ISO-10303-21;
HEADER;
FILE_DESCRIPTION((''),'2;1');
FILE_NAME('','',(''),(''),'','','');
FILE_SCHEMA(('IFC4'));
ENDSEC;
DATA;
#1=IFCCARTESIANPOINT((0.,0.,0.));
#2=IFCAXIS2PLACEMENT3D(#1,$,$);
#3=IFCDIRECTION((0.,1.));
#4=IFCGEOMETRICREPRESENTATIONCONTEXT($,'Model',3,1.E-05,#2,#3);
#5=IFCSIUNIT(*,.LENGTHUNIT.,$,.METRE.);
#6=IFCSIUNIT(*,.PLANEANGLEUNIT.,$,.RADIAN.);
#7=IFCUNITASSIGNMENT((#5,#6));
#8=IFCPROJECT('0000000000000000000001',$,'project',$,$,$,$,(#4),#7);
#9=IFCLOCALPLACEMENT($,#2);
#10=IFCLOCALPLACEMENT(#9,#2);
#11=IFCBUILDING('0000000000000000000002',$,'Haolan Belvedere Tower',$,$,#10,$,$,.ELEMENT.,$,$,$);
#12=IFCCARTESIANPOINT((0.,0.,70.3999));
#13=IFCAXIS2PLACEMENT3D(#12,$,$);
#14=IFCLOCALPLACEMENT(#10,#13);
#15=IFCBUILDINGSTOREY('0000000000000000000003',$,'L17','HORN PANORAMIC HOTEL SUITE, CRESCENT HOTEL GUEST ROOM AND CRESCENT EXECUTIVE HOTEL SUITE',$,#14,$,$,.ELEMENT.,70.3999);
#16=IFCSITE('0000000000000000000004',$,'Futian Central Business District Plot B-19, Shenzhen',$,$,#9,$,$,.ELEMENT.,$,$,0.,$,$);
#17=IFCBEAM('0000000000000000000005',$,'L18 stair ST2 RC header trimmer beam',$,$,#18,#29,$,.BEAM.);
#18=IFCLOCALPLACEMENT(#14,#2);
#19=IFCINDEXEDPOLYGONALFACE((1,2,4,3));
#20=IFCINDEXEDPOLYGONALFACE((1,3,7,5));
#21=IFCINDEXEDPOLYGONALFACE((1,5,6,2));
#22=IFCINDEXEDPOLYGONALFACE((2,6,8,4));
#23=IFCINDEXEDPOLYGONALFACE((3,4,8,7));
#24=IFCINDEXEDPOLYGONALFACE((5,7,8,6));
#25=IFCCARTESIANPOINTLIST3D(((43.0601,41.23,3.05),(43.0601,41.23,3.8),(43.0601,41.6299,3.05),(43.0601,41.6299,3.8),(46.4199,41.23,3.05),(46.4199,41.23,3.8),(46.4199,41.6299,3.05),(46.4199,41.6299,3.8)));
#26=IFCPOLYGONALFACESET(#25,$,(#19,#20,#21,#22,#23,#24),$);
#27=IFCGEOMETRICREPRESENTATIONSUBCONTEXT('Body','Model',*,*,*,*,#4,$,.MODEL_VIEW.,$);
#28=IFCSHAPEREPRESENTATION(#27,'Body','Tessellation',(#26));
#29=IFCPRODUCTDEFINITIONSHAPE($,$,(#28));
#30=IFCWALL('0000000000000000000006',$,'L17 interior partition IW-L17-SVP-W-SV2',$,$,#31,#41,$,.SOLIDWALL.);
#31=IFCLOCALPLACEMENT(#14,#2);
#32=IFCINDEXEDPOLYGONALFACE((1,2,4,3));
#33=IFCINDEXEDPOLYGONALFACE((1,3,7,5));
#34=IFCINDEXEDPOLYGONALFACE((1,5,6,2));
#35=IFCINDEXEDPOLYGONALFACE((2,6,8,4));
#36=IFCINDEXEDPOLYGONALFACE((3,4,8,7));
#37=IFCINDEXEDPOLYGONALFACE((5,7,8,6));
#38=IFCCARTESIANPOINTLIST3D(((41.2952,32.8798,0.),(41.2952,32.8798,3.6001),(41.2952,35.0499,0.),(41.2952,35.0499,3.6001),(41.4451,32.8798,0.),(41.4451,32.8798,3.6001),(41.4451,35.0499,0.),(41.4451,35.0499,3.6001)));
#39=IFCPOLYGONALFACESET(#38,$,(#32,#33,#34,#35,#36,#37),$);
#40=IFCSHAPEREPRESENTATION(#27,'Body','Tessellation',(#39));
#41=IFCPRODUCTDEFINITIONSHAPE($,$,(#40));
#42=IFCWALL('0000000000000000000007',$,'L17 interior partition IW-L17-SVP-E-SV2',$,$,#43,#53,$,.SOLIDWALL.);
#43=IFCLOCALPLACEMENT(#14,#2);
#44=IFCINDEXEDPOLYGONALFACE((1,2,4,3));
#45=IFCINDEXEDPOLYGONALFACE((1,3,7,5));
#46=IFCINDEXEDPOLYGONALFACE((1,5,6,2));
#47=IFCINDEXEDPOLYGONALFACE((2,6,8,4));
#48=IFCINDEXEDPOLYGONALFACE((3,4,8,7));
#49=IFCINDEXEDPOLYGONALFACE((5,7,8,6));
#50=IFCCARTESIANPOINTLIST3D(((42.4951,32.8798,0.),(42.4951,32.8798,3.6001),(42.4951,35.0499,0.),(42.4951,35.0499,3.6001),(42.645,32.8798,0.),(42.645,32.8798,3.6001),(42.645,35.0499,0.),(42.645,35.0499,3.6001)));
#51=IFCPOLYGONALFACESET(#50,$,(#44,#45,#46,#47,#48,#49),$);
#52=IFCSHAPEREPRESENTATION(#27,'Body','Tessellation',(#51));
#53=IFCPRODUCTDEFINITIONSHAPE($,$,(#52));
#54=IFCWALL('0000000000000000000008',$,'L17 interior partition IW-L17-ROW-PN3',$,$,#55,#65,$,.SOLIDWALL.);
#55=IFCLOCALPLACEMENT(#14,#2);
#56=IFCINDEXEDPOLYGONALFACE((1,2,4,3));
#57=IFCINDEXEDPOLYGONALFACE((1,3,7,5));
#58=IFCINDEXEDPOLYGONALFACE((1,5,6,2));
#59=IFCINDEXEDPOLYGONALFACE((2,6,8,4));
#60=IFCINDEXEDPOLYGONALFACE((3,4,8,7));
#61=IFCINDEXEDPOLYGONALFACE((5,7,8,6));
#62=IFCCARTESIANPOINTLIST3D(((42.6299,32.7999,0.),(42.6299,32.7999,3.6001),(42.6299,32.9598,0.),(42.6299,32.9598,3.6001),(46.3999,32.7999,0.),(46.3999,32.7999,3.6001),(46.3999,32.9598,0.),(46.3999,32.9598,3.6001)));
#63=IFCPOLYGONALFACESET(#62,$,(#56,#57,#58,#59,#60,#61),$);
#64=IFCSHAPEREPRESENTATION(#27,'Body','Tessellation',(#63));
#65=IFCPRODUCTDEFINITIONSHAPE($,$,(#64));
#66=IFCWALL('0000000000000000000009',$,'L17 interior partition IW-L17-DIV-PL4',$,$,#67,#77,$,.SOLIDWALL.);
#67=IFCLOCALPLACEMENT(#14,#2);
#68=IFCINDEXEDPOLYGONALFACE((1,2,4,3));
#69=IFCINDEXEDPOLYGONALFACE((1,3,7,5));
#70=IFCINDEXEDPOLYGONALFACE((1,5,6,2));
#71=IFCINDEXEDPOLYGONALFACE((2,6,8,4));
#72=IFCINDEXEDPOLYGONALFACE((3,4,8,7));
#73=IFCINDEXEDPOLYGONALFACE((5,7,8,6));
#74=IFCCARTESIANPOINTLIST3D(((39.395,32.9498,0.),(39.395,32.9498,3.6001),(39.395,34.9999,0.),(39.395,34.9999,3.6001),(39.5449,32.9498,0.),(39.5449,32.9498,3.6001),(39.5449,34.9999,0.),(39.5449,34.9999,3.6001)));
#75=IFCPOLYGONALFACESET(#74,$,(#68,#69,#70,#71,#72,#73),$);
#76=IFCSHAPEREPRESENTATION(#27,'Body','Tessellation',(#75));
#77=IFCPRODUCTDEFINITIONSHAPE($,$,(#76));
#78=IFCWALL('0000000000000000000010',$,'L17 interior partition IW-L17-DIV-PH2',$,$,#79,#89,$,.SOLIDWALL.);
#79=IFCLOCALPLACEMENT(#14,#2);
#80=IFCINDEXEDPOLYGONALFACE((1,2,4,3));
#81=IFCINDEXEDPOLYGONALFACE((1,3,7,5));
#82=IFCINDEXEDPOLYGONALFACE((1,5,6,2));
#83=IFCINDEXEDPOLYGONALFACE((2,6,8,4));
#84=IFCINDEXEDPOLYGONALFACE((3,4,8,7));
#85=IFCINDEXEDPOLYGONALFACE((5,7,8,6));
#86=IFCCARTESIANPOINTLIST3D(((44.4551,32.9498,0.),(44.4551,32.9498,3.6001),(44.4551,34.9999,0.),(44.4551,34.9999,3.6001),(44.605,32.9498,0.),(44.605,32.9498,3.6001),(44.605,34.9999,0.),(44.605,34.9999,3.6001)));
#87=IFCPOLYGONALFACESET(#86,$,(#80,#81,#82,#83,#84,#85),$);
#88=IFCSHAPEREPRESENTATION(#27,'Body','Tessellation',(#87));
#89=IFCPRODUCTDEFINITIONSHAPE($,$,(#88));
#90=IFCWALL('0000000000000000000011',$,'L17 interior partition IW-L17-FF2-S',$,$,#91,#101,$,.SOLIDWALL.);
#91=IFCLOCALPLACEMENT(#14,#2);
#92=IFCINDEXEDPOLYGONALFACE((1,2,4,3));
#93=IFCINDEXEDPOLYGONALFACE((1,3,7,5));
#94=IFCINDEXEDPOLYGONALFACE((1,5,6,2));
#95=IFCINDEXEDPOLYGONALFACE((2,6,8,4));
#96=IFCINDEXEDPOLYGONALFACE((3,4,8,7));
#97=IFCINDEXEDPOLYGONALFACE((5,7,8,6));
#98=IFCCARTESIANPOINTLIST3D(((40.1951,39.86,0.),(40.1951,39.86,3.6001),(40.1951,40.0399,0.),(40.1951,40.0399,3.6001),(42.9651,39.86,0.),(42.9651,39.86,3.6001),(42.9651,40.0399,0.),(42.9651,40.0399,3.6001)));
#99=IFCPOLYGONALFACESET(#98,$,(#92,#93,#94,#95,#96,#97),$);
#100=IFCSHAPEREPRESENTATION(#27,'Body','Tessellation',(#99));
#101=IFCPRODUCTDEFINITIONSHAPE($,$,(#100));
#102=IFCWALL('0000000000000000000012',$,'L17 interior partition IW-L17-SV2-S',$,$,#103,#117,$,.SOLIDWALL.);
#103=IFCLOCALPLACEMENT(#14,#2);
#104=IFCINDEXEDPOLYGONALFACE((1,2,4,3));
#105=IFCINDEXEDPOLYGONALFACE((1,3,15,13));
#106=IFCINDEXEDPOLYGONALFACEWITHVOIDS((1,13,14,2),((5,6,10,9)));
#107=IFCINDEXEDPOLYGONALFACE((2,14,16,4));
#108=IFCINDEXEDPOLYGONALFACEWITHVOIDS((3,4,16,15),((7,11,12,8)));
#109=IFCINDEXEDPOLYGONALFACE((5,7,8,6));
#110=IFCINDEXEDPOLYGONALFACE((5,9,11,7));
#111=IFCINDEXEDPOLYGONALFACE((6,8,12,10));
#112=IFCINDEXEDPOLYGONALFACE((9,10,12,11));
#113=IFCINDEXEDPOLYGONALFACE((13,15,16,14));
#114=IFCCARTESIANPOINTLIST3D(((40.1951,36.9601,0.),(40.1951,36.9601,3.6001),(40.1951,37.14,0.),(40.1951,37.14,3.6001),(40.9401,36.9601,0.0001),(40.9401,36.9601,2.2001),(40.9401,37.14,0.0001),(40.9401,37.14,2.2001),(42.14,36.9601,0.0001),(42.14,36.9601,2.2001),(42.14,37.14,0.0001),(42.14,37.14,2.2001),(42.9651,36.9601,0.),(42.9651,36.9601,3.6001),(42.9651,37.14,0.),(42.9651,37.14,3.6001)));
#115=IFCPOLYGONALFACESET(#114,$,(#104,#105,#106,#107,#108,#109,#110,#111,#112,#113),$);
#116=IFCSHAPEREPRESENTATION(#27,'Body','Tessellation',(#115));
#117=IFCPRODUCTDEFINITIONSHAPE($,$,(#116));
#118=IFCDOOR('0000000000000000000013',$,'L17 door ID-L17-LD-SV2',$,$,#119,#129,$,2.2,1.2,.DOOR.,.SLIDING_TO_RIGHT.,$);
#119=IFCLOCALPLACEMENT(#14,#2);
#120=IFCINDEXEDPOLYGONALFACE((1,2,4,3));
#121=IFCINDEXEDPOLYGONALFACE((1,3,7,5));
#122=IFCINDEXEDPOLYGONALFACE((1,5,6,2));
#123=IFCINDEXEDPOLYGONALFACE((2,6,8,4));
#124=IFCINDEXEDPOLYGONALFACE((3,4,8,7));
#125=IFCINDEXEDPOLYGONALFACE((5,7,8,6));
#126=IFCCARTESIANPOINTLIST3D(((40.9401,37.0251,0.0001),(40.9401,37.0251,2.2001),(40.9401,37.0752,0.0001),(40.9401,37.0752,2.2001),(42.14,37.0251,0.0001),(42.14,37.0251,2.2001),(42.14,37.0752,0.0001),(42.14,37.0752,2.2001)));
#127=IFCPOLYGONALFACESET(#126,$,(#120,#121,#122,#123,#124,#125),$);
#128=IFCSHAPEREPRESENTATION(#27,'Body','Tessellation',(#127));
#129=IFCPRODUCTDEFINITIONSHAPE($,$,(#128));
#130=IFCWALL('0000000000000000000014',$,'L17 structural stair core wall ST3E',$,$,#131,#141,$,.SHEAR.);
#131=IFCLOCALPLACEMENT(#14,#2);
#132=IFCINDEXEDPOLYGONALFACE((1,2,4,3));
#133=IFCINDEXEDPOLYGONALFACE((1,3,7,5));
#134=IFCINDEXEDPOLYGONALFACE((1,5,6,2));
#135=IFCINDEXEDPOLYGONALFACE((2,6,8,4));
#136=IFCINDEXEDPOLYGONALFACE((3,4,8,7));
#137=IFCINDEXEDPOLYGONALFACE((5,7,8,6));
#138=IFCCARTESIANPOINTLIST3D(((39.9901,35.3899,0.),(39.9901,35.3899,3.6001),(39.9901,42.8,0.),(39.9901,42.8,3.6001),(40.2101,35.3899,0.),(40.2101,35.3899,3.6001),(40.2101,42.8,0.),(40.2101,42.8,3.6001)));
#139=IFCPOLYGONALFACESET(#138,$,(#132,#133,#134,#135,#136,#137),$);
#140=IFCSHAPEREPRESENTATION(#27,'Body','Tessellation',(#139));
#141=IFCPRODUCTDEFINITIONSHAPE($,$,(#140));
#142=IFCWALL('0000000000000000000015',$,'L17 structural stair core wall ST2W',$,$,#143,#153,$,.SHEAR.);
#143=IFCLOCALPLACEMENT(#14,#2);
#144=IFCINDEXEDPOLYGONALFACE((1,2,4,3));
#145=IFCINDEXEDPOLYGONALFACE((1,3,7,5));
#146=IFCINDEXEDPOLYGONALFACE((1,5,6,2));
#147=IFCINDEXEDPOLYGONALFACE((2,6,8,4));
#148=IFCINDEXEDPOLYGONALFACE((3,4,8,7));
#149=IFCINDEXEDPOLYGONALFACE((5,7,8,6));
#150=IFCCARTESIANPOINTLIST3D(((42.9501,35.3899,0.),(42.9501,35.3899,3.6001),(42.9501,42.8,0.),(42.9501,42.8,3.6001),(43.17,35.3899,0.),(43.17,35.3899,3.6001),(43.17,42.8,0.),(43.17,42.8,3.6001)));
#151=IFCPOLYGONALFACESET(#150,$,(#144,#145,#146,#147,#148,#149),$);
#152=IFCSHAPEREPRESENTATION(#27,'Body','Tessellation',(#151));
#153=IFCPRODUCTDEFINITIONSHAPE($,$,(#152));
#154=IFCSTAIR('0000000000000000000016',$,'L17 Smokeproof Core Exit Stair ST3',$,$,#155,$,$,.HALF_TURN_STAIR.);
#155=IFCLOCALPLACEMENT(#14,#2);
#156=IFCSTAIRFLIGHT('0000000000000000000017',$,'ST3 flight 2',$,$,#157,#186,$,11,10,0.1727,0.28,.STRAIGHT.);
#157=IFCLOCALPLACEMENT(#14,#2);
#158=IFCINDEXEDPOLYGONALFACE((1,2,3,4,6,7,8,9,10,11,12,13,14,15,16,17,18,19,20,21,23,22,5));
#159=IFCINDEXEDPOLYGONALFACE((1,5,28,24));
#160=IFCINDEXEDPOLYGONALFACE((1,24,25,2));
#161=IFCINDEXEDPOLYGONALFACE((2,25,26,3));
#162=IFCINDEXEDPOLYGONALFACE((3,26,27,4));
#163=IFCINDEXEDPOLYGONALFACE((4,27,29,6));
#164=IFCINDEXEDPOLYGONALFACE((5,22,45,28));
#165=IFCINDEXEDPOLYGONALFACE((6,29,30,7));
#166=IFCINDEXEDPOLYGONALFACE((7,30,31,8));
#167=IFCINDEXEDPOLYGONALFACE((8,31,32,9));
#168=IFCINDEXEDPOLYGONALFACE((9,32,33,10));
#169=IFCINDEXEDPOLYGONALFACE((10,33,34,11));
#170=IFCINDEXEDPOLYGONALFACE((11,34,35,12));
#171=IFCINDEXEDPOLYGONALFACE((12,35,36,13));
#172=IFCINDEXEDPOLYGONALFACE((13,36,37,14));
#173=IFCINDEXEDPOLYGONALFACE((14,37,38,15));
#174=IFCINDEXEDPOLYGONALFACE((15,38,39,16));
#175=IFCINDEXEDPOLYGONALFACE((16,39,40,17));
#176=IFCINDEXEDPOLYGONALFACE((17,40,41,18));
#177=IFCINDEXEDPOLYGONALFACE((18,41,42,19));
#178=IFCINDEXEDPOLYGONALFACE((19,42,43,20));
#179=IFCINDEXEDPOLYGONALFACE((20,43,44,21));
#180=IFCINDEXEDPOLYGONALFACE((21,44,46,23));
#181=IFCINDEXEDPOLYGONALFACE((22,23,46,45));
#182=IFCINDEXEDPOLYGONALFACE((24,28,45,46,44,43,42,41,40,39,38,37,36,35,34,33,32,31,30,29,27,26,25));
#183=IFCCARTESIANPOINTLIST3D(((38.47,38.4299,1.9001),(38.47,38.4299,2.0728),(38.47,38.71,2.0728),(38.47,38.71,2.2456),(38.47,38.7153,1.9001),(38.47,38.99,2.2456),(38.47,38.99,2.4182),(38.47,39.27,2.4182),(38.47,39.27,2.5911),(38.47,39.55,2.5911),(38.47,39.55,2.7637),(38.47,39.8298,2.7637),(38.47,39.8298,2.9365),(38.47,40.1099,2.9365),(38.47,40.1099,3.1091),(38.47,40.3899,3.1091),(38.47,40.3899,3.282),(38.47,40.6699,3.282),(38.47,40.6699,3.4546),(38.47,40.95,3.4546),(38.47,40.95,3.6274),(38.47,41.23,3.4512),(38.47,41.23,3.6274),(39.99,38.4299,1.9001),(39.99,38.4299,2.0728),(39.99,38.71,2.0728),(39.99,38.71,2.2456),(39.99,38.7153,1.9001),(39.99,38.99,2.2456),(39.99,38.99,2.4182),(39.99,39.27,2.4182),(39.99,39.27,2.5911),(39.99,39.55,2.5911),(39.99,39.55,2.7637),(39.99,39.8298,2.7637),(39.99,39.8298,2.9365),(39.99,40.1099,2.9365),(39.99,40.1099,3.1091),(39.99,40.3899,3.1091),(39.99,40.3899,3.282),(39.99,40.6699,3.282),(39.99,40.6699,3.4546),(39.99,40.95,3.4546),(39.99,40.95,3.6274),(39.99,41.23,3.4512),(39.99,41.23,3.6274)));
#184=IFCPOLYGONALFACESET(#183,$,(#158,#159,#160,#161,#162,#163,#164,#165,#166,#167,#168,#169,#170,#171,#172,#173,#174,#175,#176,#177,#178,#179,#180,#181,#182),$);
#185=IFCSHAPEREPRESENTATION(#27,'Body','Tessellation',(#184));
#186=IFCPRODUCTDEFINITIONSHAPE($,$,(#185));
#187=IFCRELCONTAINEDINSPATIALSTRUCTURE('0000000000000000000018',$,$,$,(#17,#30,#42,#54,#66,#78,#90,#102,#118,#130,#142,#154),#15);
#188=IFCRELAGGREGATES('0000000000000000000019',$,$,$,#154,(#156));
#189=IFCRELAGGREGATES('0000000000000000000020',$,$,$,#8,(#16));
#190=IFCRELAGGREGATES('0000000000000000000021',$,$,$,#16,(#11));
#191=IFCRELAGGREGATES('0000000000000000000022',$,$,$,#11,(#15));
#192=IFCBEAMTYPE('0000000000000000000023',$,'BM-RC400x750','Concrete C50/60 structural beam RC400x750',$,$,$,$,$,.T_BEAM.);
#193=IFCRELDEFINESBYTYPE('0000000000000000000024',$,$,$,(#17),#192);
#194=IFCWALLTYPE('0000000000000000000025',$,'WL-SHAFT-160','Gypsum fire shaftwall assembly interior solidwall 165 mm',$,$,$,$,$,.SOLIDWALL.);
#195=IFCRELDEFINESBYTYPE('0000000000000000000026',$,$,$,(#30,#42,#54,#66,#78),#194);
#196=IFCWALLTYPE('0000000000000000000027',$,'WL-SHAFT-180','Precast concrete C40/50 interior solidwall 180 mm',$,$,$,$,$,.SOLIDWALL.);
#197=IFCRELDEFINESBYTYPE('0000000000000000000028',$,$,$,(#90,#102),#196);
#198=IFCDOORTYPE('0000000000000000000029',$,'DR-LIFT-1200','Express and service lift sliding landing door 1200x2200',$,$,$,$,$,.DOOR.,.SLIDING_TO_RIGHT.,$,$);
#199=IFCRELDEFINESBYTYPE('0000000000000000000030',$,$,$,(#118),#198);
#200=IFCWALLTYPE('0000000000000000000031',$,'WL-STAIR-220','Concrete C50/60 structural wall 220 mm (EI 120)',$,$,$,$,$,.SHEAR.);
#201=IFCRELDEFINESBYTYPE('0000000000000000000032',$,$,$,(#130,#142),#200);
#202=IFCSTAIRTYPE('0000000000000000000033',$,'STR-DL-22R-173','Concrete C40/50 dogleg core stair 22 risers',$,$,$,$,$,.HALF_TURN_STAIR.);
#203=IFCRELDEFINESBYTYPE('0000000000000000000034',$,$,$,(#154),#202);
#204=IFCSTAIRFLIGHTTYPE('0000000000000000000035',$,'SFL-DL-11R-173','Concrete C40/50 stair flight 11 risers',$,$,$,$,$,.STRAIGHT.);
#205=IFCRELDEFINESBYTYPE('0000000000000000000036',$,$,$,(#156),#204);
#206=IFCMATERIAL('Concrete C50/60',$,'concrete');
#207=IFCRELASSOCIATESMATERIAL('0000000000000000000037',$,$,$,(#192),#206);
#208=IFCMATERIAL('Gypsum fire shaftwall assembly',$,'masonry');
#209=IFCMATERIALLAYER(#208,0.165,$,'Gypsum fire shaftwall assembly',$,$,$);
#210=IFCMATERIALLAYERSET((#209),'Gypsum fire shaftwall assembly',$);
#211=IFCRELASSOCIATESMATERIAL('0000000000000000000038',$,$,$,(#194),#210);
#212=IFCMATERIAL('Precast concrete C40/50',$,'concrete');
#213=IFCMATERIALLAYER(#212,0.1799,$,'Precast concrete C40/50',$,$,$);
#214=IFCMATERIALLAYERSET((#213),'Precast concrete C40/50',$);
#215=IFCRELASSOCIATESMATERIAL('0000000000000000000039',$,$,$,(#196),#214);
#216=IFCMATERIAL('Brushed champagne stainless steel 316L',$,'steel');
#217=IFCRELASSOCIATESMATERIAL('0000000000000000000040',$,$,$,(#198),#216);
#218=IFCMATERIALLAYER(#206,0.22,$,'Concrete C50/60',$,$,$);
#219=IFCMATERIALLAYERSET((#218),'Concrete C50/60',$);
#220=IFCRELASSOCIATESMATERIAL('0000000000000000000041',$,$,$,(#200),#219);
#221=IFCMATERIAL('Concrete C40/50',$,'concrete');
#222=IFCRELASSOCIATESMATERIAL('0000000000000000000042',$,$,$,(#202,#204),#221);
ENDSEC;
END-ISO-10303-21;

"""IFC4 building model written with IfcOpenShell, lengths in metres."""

from ifc_helpers import new_model, si_unit, direction, frame, frame_2d, origin, origin_2d, place, context, subcontext, project, spatial, polyline, rectangle, outline, extrude, material, layer, layer_set, material_profile, profile_set, type_object, element, fill, aggregate, save


model = new_model("IFC4")

# Units and contexts
model_context = context("Model", 3, precision=1e-05, world=origin(), true_north=direction((0.0, 1.0)))
body_context = subcontext(model_context, "Body", "Model", "MODEL_VIEW")
ifc_project = project(units=[si_unit("LENGTHUNIT", "METRE"), si_unit("PLANEANGLEUNIT", "RADIAN")], contexts=[model_context])

# Site, building, storey
site_placement = place(None, origin())
site = spatial("IfcSite", under=ifc_project, at=site_placement, Name="Futian Central Business District Plot B-19, Shenzhen", CompositionType="ELEMENT", RefElevation=0.0)
building_placement = place(site_placement, origin())
building = spatial("IfcBuilding", under=site, at=building_placement, Name="Haolan Belvedere Tower", CompositionType="ELEMENT")
storey_placement = place(building_placement, frame((0.0, 0.0, 70.3999)))
storey = spatial("IfcBuildingStorey", under=building, at=storey_placement, Name="L17", Description="HORN PANORAMIC HOTEL SUITE, CRESCENT HOTEL GUEST ROOM AND CRESCENT EXECUTIVE HOTEL SUITE", CompositionType="ELEMENT", Elevation=70.3999)

# Beam
ifc_material_1 = material(Name="Concrete C50/60", Category="concrete")
ifc_material_profile = material_profile(ifc_material_1, rectangle(XDim=0.3999, YDim=0.75, at=origin_2d()), Name="Concrete C50/60")
ifc_profile_set = profile_set([ifc_material_profile], Name="Concrete C50/60")
beam_type = type_object("IfcBeamType", Name="BM-RC400x750", Description="Concrete C50/60 structural beam RC400x750", PredefinedType="T_BEAM", material=ifc_profile_set)
beam_placement = place(storey_placement, frame((43.0601, 41.4299, 3.425), z_axis=(1.0, 0.0, 0.0), x_axis=(0.0, 1.0, 0.0)))
element("IfcBeam", 1, at=beam_placement, inside=storey, type_object=beam_type, Name="L18 stair ST2 RC header trimmer beam", PredefinedType="BEAM", context=body_context, shape_type="SweptSolid", body=[
    extrude(rectangle(XDim=0.3999, YDim=0.75, at=origin_2d()), origin(), (0.0, 0.0, 1.0), 3.3599),
])

# Shared definitions
ifc_material_2 = material(Name="Concrete C40/50", Category="concrete")

# Walls
ifc_material_3 = material(Name="Gypsum fire shaftwall assembly", Category="masonry")
ifc_layer_1 = layer(ifc_material_3, 0.165, Name="Gypsum fire shaftwall assembly")
ifc_layer_set_1 = layer_set([ifc_layer_1], Name="Gypsum fire shaftwall assembly")
wall_type_1 = type_object("IfcWallType", Name="WL-SHAFT-160", Description="Gypsum fire shaftwall assembly interior solidwall 165 mm", PredefinedType="SOLIDWALL", material=ifc_layer_set_1)
for number, where, z_axis, x_axis, name in (
    (2, (41.3701, 32.8799, 0.0), (0.0, 0.0, 1.0), (0.0, 1.0, 0.0), "L17 interior partition IW-L17-SVP-W-SV2"),
    (3, (42.5701, 32.8799, 0.0), (0.0, 0.0, 1.0), (0.0, 1.0, 0.0), "L17 interior partition IW-L17-SVP-E-SV2"),
):
    element("IfcWall", number, at=place(storey_placement, frame(where, z_axis=z_axis, x_axis=x_axis)), inside=storey, type_object=wall_type_1, Name=name, PredefinedType="SOLIDWALL", context=body_context, shape_type="SweptSolid", body=[
        extrude(rectangle(XDim=2.1702, YDim=0.1499, at=frame_2d((1.085, 0.0))), origin(), (0.0, 0.0, 1.0), 3.6001),
    ])
wall_1_placement = place(storey_placement, frame((42.6299, 32.8799, 0.0), z_axis=(0.0, 0.0, 1.0), x_axis=(1.0, 0.0, 0.0)))
element("IfcWall", 4, at=wall_1_placement, inside=storey, type_object=wall_type_1, Name="L17 interior partition IW-L17-ROW-PN3", PredefinedType="SOLIDWALL", context=body_context, shape_type="SweptSolid", body=[
    extrude(rectangle(XDim=3.77, YDim=0.1599, at=frame_2d((1.885, 0.0))), origin(), (0.0, 0.0, 1.0), 3.6001),
])
for number, where, z_axis, x_axis, name in (
    (5, (39.47, 32.95, 0.0), (0.0, 0.0, 1.0), (0.0, 1.0, 0.0), "L17 interior partition IW-L17-DIV-PL4"),
    (6, (44.53, 32.95, 0.0), (0.0, 0.0, 1.0), (0.0, 1.0, 0.0), "L17 interior partition IW-L17-DIV-PH2"),
):
    element("IfcWall", number, at=place(storey_placement, frame(where, z_axis=z_axis, x_axis=x_axis)), inside=storey, type_object=wall_type_1, Name=name, PredefinedType="SOLIDWALL", context=body_context, shape_type="SweptSolid", body=[
        extrude(rectangle(XDim=2.05, YDim=0.1499, at=frame_2d((1.0249, 0.0))), origin(), (0.0, 0.0, 1.0), 3.6001),
    ])
ifc_material_4 = material(Name="Precast concrete C40/50", Category="concrete")
ifc_layer_2 = layer(ifc_material_4, 0.1799, Name="Precast concrete C40/50")
ifc_layer_set_2 = layer_set([ifc_layer_2], Name="Precast concrete C40/50")
wall_type_2 = type_object("IfcWallType", Name="WL-SHAFT-180", Description="Precast concrete C40/50 interior solidwall 180 mm", PredefinedType="SOLIDWALL", material=ifc_layer_set_2)
wall_2_placement = place(storey_placement, frame((40.1951, 39.95, 0.0), z_axis=(0.0, 0.0, 1.0), x_axis=(1.0, 0.0, 0.0)))
element("IfcWall", 7, at=wall_2_placement, inside=storey, type_object=wall_type_2, Name="L17 interior partition IW-L17-FF2-S", PredefinedType="SOLIDWALL", context=body_context, shape_type="SweptSolid", body=[
    extrude(rectangle(XDim=2.77, YDim=0.1799, at=frame_2d((1.385, 0.0))), origin(), (0.0, 0.0, 1.0), 3.6001),
])

# Wall, opening, door
wall_3_placement = place(storey_placement, frame((40.1951, 37.05, 0.0), z_axis=(0.0, 0.0, 1.0), x_axis=(1.0, 0.0, 0.0)))
wall_3 = element("IfcWall", 8, at=wall_3_placement, inside=storey, type_object=wall_type_2, Name="L17 interior partition IW-L17-SV2-S", PredefinedType="SOLIDWALL", context=body_context, shape_type="SweptSolid", body=[
    extrude(rectangle(XDim=2.77, YDim=0.1799, at=frame_2d((1.385, 0.0))), origin(), (0.0, 0.0, 1.0), 3.6001),
])
opening_1_placement = place(wall_3_placement, frame((1.9451, 0.0, 0.0), z_axis=(0.0, 0.0, 1.0), x_axis=(-1.0, 0.0, 0.0)))
opening_1 = element("IfcOpeningElement", 9, at=opening_1_placement, cuts=wall_3, PredefinedType="OPENING", context=body_context, shape_type="SweptSolid", body=[
    extrude(rectangle(XDim=1.2, YDim=2.2, at=frame_2d((0.6001, 1.1001))), frame((0.0, 0.0999, 0.0), z_axis=(0.0, -1.0, 0.0), x_axis=(1.0, 0.0, 0.0)), (0.0, 0.0, 1.0), 0.2),
])
ifc_material_5 = material(Name="Brushed champagne stainless steel 316L", Category="steel")
door_type_1 = type_object("IfcDoorType", Name="DR-LIFT-1200", Description="Express and service lift sliding landing door 1200x2200", OperationType="SLIDING_TO_RIGHT", PredefinedType="DOOR", material=ifc_material_5)
door_1_placement = place(opening_1_placement, origin())
door_1 = element("IfcDoor", 10, at=door_1_placement, inside=storey, type_object=door_type_1, Name="L17 door ID-L17-LD-SV2", OperationType="SLIDING_TO_RIGHT", OverallHeight=2.2, OverallWidth=1.2, PredefinedType="DOOR", context=body_context, shape_type="SweptSolid", body=[
    extrude(rectangle(XDim=1.2, YDim=2.2, at=frame_2d((0.6001, 1.1001))), frame((0.0, 0.0249, 0.0), z_axis=(0.0, -1.0, 0.0), x_axis=(1.0, 0.0, 0.0)), (0.0, 0.0, 1.0), 0.05),
])
fill(opening_1, door_1)

# Walls
ifc_layer_3 = layer(ifc_material_1, 0.22, Name="Concrete C50/60")
ifc_layer_set_3 = layer_set([ifc_layer_3], Name="Concrete C50/60")
wall_type_3 = type_object("IfcWallType", Name="WL-STAIR-220", Description="Concrete C50/60 structural wall 220 mm (EI 120)", PredefinedType="SHEAR", material=ifc_layer_set_3)
for number, where, z_axis, x_axis, name in (
    (11, (40.1001, 35.3899, 0.0), (0.0, 0.0, 1.0), (0.0, 1.0, 0.0), "L17 structural stair core wall ST3E"),
    (12, (43.0601, 35.3899, 0.0), (0.0, 0.0, 1.0), (0.0, 1.0, 0.0), "L17 structural stair core wall ST2W"),
):
    element("IfcWall", number, at=place(storey_placement, frame(where, z_axis=z_axis, x_axis=x_axis)), inside=storey, type_object=wall_type_3, Name=name, PredefinedType="SHEAR", context=body_context, shape_type="SweptSolid", body=[
        extrude(rectangle(XDim=7.4102, YDim=0.22, at=frame_2d((3.7051, 0.0))), origin(), (0.0, 0.0, 1.0), 3.6001),
    ])

# Stair, stair flight
stair_type = type_object("IfcStairType", Name="STR-DL-22R-173", Description="Concrete C40/50 dogleg core stair 22 risers", PredefinedType="HALF_TURN_STAIR", material=ifc_material_2)
stair_1_placement = place(storey_placement, origin())
stair_1 = element("IfcStair", 13, at=stair_1_placement, inside=storey, type_object=stair_type, Name="L17 Smokeproof Core Exit Stair ST3", PredefinedType="HALF_TURN_STAIR")
stair_flight_type = type_object("IfcStairFlightType", Name="SFL-DL-11R-173", Description="Concrete C40/50 stair flight 11 risers", PredefinedType="STRAIGHT", material=ifc_material_2)
stair_flight_1_placement = place(storey_placement, frame((39.23, 38.4299, 1.9001), z_axis=(0.0, 0.0, 1.0), x_axis=(0.0, 1.0, 0.0)))
stair_flight_1 = element("IfcStairFlight", 14, at=stair_flight_1_placement, type_object=stair_flight_type, Name="ST3 flight 2", NumberOfRisers=11, NumberOfTreads=10, PredefinedType="STRAIGHT", RiserHeight=0.1727, TreadLength=0.28, context=body_context, shape_type="SweptSolid", body=[
    extrude(outline(polyline([(0.0, 0.0), (0.0, 0.1726), (0.28, 0.1726), (0.28, 0.3455), (0.5601, 0.3455), (0.5601, 0.5181), (0.8401, 0.5181), (0.8401, 0.6909), (1.1201, 0.6909), (1.1201, 0.8635), (1.3999, 0.8635), (1.3999, 1.0364), (1.6799, 1.0364), (1.6799, 1.209), (1.96, 1.209), (1.96, 1.3818), (2.24, 1.3818), (2.24, 1.5544), (2.52, 1.5544), (2.52, 1.7273), (2.8, 1.7273), (2.8, 1.8999), (2.8, 1.551), (0.2854, 0.0), (0.0, 0.0)])), frame((0.0, 0.76, 0.0), z_axis=(0.0, -1.0, 0.0), x_axis=(1.0, 0.0, 0.0)), (0.0, 0.0, 1.0), 1.52),
])
aggregate(stair_1, [stair_flight_1])

save(model, "model.ifc")
